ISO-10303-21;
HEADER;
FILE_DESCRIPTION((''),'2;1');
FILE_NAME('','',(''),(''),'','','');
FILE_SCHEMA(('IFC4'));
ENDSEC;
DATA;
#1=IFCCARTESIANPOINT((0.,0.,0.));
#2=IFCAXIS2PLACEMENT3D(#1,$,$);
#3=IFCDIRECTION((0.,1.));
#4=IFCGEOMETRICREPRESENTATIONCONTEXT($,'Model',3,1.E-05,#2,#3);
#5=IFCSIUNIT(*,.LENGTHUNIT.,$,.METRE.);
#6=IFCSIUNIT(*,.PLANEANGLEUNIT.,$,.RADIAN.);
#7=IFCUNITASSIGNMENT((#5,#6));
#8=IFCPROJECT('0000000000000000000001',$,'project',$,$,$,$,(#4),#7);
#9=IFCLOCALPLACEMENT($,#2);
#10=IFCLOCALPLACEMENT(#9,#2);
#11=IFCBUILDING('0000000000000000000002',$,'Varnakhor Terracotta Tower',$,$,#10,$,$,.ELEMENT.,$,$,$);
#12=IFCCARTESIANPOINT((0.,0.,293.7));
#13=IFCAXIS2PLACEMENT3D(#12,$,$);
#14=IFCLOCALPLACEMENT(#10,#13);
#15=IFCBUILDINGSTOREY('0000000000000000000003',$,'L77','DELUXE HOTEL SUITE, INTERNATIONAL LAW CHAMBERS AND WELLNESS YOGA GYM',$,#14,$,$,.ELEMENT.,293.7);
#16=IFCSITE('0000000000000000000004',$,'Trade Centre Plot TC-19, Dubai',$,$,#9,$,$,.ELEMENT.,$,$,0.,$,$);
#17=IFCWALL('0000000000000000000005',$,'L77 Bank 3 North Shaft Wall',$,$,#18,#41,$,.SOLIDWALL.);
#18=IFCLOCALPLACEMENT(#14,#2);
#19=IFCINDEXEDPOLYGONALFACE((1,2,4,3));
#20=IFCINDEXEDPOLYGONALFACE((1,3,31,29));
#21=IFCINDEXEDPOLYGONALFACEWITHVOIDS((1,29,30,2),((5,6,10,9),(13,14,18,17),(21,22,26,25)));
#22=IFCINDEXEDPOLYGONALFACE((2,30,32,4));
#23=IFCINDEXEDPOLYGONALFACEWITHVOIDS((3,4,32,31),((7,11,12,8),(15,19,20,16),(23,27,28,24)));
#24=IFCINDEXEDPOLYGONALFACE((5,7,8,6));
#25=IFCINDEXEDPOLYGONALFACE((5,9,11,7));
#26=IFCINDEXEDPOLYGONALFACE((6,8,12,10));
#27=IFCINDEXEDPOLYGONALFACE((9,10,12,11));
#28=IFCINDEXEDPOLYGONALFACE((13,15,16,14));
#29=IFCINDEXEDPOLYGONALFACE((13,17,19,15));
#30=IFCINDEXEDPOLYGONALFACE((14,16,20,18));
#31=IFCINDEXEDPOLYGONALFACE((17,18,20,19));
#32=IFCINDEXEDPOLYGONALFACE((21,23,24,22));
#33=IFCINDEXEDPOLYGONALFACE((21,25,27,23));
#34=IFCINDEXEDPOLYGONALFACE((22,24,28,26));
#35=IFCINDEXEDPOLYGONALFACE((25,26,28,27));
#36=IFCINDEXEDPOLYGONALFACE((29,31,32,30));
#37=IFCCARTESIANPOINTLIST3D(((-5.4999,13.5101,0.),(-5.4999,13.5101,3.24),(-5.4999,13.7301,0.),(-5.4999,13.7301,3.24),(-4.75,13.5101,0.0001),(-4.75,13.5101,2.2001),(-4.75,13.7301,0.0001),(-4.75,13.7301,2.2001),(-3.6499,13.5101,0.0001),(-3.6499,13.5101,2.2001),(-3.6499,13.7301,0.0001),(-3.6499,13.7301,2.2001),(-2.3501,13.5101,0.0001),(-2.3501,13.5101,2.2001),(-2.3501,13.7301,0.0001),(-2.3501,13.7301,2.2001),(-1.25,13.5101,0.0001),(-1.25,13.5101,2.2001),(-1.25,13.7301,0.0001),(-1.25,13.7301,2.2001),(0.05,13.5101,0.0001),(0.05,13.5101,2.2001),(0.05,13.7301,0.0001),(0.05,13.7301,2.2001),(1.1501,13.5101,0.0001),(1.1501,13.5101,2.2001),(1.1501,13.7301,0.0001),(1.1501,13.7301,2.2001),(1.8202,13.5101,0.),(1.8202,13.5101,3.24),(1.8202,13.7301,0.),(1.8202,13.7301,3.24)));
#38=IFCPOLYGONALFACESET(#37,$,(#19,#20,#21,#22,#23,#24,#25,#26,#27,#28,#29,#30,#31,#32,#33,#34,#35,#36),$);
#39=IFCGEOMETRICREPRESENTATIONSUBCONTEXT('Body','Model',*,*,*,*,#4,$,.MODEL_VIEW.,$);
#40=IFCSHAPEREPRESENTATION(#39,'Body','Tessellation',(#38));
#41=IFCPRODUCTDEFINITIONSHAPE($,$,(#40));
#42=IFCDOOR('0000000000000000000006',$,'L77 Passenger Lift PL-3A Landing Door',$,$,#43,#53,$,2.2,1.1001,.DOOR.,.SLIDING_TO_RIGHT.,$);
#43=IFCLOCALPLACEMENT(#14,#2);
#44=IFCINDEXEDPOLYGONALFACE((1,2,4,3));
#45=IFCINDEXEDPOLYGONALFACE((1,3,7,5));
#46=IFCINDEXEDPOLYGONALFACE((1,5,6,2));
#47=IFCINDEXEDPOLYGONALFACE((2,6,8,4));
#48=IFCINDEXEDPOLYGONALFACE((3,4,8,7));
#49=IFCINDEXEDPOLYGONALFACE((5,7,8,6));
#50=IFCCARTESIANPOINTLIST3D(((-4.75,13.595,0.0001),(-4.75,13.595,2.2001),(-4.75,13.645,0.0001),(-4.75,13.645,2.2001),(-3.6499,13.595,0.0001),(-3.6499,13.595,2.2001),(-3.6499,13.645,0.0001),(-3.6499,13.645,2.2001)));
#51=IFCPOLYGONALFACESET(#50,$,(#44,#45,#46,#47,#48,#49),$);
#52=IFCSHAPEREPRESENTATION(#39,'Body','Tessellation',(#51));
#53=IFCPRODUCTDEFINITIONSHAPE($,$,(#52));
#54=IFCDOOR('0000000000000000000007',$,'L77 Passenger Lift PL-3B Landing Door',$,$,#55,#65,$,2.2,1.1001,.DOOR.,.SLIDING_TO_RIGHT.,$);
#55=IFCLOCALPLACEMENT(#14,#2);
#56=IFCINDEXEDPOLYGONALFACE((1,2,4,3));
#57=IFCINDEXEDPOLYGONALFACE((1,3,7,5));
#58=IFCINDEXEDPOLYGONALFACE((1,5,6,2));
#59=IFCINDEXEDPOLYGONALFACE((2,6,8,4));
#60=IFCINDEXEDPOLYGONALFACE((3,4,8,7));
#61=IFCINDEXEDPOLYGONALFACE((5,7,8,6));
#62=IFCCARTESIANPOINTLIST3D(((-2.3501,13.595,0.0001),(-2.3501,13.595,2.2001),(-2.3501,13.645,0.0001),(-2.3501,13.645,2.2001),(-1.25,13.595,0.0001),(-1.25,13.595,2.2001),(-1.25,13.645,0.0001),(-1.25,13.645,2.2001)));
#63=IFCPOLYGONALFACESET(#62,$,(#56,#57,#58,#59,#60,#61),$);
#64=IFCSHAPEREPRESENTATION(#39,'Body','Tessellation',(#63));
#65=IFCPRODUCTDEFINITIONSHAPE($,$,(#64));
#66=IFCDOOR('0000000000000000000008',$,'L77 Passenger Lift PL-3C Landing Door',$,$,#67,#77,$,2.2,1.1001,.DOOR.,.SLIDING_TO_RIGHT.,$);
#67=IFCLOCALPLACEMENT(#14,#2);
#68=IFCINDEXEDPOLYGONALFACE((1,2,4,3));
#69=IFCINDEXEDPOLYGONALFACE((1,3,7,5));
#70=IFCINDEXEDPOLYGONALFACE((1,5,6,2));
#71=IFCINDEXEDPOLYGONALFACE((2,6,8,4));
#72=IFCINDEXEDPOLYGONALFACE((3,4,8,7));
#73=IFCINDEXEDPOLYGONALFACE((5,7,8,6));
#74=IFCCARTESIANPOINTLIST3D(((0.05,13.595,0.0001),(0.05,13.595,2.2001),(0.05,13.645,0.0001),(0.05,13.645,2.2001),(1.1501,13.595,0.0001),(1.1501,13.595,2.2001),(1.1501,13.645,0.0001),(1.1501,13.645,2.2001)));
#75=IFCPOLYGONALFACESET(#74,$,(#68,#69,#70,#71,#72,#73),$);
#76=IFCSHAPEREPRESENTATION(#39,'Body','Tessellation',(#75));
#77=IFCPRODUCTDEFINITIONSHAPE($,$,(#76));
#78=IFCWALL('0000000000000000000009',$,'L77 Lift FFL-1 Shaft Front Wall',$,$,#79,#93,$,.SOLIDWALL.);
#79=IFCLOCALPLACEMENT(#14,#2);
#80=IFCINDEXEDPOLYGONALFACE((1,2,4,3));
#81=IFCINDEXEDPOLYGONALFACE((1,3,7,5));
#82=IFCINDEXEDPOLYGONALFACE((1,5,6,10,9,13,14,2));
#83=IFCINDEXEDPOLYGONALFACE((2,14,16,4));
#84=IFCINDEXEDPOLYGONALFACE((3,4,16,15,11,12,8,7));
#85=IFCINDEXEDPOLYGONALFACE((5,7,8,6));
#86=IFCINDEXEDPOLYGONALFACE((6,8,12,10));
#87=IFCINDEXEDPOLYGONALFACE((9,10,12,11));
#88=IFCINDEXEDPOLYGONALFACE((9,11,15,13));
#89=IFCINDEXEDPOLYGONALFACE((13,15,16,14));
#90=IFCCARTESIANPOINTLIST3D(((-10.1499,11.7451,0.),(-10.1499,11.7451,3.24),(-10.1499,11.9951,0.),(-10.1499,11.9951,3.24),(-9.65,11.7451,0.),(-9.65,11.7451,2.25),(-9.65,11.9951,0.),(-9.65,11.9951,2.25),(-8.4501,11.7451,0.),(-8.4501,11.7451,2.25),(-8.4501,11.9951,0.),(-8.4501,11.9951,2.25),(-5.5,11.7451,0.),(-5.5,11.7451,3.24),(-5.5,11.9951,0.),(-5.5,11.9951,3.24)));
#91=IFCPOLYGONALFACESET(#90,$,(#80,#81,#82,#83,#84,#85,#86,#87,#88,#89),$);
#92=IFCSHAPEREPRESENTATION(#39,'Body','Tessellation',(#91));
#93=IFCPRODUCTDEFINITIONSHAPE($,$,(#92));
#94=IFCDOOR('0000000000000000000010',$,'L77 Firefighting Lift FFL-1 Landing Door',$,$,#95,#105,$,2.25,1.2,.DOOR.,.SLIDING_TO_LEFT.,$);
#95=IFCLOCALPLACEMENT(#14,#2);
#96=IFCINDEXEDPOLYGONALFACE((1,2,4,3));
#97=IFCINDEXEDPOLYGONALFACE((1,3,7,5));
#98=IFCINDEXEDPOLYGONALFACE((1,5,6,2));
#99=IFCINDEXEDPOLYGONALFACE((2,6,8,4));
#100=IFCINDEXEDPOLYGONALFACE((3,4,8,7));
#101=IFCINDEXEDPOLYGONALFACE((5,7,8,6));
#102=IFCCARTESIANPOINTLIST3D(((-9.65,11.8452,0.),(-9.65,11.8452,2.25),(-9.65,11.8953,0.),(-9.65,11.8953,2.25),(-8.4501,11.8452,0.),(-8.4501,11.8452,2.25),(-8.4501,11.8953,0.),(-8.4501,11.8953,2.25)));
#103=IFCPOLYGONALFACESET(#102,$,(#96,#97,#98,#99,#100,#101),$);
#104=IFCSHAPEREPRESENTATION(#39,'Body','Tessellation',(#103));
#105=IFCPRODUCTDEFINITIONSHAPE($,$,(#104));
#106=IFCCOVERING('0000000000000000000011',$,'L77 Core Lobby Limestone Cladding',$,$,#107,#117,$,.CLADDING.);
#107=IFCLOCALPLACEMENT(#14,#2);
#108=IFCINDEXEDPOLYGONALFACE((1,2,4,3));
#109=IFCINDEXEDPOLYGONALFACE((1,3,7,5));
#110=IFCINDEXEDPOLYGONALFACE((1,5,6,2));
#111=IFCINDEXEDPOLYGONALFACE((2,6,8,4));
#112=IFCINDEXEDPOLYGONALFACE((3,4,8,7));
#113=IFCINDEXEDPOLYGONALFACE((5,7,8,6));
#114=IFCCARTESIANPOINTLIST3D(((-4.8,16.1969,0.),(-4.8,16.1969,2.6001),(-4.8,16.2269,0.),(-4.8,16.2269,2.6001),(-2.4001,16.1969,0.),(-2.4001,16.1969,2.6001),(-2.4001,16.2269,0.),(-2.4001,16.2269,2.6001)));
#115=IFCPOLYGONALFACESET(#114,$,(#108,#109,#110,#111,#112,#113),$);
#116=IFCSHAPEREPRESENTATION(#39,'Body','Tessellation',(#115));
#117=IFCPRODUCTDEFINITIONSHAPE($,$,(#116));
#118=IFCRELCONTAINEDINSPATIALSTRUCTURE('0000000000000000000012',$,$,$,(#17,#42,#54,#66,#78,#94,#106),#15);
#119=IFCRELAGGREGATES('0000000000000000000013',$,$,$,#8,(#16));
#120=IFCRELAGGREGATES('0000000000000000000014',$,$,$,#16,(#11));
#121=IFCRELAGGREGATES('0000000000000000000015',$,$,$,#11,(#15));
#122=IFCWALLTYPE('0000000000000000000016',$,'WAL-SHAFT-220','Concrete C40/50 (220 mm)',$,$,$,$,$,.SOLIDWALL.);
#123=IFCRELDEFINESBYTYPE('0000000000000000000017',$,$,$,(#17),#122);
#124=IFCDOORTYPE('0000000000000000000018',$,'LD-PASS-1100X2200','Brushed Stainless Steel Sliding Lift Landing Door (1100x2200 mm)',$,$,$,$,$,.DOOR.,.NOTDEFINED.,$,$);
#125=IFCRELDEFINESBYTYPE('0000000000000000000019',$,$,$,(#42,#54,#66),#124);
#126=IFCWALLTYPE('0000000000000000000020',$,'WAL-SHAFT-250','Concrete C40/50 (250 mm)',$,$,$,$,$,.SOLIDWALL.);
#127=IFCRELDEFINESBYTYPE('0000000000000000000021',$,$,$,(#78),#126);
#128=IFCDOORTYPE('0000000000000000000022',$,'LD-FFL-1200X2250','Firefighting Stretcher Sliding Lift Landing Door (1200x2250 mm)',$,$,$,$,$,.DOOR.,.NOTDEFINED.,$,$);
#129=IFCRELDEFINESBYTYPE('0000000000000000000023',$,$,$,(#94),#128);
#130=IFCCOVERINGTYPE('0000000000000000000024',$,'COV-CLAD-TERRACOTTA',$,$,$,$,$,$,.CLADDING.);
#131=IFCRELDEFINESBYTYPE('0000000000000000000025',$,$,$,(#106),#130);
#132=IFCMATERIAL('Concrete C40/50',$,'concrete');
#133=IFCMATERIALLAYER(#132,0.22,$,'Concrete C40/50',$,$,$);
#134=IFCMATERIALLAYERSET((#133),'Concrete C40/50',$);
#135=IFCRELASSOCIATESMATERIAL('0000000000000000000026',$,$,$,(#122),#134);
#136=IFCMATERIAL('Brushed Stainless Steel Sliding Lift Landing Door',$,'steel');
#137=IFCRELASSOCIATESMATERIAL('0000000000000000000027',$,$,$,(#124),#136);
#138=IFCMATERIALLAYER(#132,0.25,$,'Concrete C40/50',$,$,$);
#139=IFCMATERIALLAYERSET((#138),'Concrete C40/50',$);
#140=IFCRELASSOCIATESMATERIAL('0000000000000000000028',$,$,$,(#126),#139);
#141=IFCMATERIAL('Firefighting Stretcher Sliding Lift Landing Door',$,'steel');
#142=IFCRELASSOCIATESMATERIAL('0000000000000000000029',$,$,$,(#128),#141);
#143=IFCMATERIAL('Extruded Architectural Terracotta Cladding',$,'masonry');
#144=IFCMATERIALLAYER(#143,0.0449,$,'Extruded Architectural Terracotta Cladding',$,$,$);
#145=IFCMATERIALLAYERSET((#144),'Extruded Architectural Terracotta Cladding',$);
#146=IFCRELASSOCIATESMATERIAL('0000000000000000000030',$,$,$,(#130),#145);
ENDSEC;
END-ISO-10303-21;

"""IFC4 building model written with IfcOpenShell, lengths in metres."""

from ifc_helpers import new_model, si_unit, direction, frame, frame_2d, origin, origin_2d, place, context, subcontext, project, spatial, rectangle, extrude, source, transform, mapped, material, layer, layer_set, type_object, type_shapes, element, fill, save


model = new_model("IFC4")

# Units and contexts
model_context = context("Model", 3, precision=1e-05, world=origin(), true_north=direction((0.0, 1.0)))
body_context = subcontext(model_context, "Body", "Model", "MODEL_VIEW")
ifc_project = project(units=[si_unit("LENGTHUNIT", "METRE"), si_unit("PLANEANGLEUNIT", "RADIAN")], contexts=[model_context])

# Site, building, storey
site_placement = place(None, origin())
site = spatial("IfcSite", under=ifc_project, at=site_placement, Name="Trade Centre Plot TC-19, Dubai", CompositionType="ELEMENT", RefElevation=0.0)
building_placement = place(site_placement, origin())
building = spatial("IfcBuilding", under=site, at=building_placement, Name="Varnakhor Terracotta Tower", CompositionType="ELEMENT")
storey_placement = place(building_placement, frame((0.0, 0.0, 293.7)))
storey = spatial("IfcBuildingStorey", under=building, at=storey_placement, Name="L77", Description="DELUXE HOTEL SUITE, INTERNATIONAL LAW CHAMBERS AND WELLNESS YOGA GYM", CompositionType="ELEMENT", Elevation=293.7)

# Shared definitions
ifc_material_1 = material(Name="Concrete C40/50", Category="concrete")
ifc_layer_1 = layer(ifc_material_1, 0.22, Name="Concrete C40/50")
ifc_layer_set_1 = layer_set([ifc_layer_1], Name="Concrete C40/50")
wall_type_1 = type_object("IfcWallType", Name="WAL-SHAFT-220", Description="Concrete C40/50 (220 mm)", PredefinedType="SOLIDWALL", material=ifc_layer_set_1)

# Wall, openings, doors
wall_1_placement = place(storey_placement, frame((-5.5, 13.6201, 0.0), z_axis=(0.0, 0.0, 1.0), x_axis=(1.0, 0.0, 0.0)))
wall_1 = element("IfcWall", 1, at=wall_1_placement, inside=storey, type_object=wall_type_1, Name="L77 Bank 3 North Shaft Wall", PredefinedType="SOLIDWALL", context=body_context, shape_type="SweptSolid", body=[
    extrude(rectangle(XDim=7.3201, YDim=0.22, at=frame_2d((3.6602, 0.0))), origin(), (0.0, 0.0, 1.0), 3.24),
])
opening_1_placement = place(wall_1_placement, frame((0.75, 0.0, 0.0)))
opening_1 = element("IfcOpeningElement", 2, at=opening_1_placement, cuts=wall_1, PredefinedType="OPENING", context=body_context, shape_type="SweptSolid", body=[
    extrude(rectangle(XDim=1.1001, YDim=2.2, at=frame_2d((0.55, 1.1001))), frame((0.0, 0.1201, 0.0), z_axis=(0.0, -1.0, 0.0), x_axis=(1.0, 0.0, 0.0)), (0.0, 0.0, 1.0), 0.24),
])
opening_2_placement = place(wall_1_placement, frame((3.1499, 0.0, 0.0)))
opening_2 = element("IfcOpeningElement", 3, at=opening_2_placement, cuts=wall_1, PredefinedType="OPENING", context=body_context, shape_type="SweptSolid", body=[
    extrude(rectangle(XDim=1.1001, YDim=2.2, at=frame_2d((0.55, 1.1001))), frame((0.0, 0.1201, 0.0), z_axis=(0.0, -1.0, 0.0), x_axis=(1.0, 0.0, 0.0)), (0.0, 0.0, 1.0), 0.24),
])
opening_3_placement = place(wall_1_placement, frame((5.55, 0.0, 0.0)))
opening_3 = element("IfcOpeningElement", 4, at=opening_3_placement, cuts=wall_1, PredefinedType="OPENING", context=body_context, shape_type="SweptSolid", body=[
    extrude(rectangle(XDim=1.1001, YDim=2.2, at=frame_2d((0.55, 1.1001))), frame((0.0, 0.1201, 0.0), z_axis=(0.0, -1.0, 0.0), x_axis=(1.0, 0.0, 0.0)), (0.0, 0.0, 1.0), 0.24),
])
ifc_material_2 = material(Name="Brushed Stainless Steel Sliding Lift Landing Door", Category="steel")
door_type_1 = type_object("IfcDoorType", Name="LD-PASS-1100X2200", Description="Brushed Stainless Steel Sliding Lift Landing Door (1100x2200 mm)", OperationType="NOTDEFINED", PredefinedType="DOOR", material=ifc_material_2)
shared_shape_1 = source(origin(), body_context, "Body", "SweptSolid", [
    extrude(rectangle(XDim=1.1001, YDim=2.2, at=frame_2d((0.55, 1.1001))), frame((0.0, 0.0249, 0.0), z_axis=(0.0, -1.0, 0.0), x_axis=(1.0, 0.0, 0.0)), (0.0, 0.0, 1.0), 0.05),
])
type_shapes(door_type_1, [shared_shape_1])
door_1_placement = place(opening_1_placement, origin())
door_1 = element("IfcDoor", 5, at=door_1_placement, inside=storey, type_object=door_type_1, Name="L77 Passenger Lift PL-3A Landing Door", OperationType="SLIDING_TO_RIGHT", OverallHeight=2.2, OverallWidth=1.1001, PredefinedType="DOOR", context=body_context, shape_type="MappedRepresentation", body=[
    mapped(shared_shape_1, transform((0.0, 0.0, 0.0), scale=1.0)),
])
fill(opening_1, door_1)
door_2_placement = place(opening_2_placement, origin())
door_2 = element("IfcDoor", 6, at=door_2_placement, inside=storey, type_object=door_type_1, Name="L77 Passenger Lift PL-3B Landing Door", OperationType="SLIDING_TO_RIGHT", OverallHeight=2.2, OverallWidth=1.1001, PredefinedType="DOOR", context=body_context, shape_type="MappedRepresentation", body=[
    mapped(shared_shape_1, transform((0.0, 0.0, 0.0), scale=1.0)),
])
fill(opening_2, door_2)
door_3_placement = place(opening_3_placement, origin())
door_3 = element("IfcDoor", 7, at=door_3_placement, inside=storey, type_object=door_type_1, Name="L77 Passenger Lift PL-3C Landing Door", OperationType="SLIDING_TO_RIGHT", OverallHeight=2.2, OverallWidth=1.1001, PredefinedType="DOOR", context=body_context, shape_type="MappedRepresentation", body=[
    mapped(shared_shape_1, transform((0.0, 0.0, 0.0), scale=1.0)),
])
fill(opening_3, door_3)

# Wall, opening, door
ifc_layer_2 = layer(ifc_material_1, 0.25, Name="Concrete C40/50")
ifc_layer_set_2 = layer_set([ifc_layer_2], Name="Concrete C40/50")
wall_type_2 = type_object("IfcWallType", Name="WAL-SHAFT-250", Description="Concrete C40/50 (250 mm)", PredefinedType="SOLIDWALL", material=ifc_layer_set_2)
wall_2_placement = place(storey_placement, frame((-5.5, 11.8701, 0.0), z_axis=(0.0, 0.0, 1.0), x_axis=(-1.0, 0.0, 0.0)))
wall_2 = element("IfcWall", 8, at=wall_2_placement, inside=storey, type_object=wall_type_2, Name="L77 Lift FFL-1 Shaft Front Wall", PredefinedType="SOLIDWALL", context=body_context, shape_type="SweptSolid", body=[
    extrude(rectangle(XDim=4.6499, YDim=0.25, at=frame_2d((2.325, 0.0))), origin(), (0.0, 0.0, 1.0), 3.24),
])
opening_4_placement = place(wall_2_placement, frame((2.95, 0.0, 0.0)))
opening_4 = element("IfcOpeningElement", 9, at=opening_4_placement, cuts=wall_2, PredefinedType="OPENING", context=body_context, shape_type="SweptSolid", body=[
    extrude(rectangle(XDim=1.2, YDim=2.25, at=frame_2d((0.6001, 1.125))), frame((0.0, 0.135, 0.0), z_axis=(0.0, -1.0, 0.0), x_axis=(1.0, 0.0, 0.0)), (0.0, 0.0, 1.0), 0.27),
])
ifc_material_3 = material(Name="Firefighting Stretcher Sliding Lift Landing Door", Category="steel")
door_type_2 = type_object("IfcDoorType", Name="LD-FFL-1200X2250", Description="Firefighting Stretcher Sliding Lift Landing Door (1200x2250 mm)", OperationType="NOTDEFINED", PredefinedType="DOOR", material=ifc_material_3)
shared_shape_2 = source(origin(), body_context, "Body", "SweptSolid", [
    extrude(rectangle(XDim=1.2, YDim=2.25, at=frame_2d((0.6001, 1.125))), frame((0.0, 0.0249, 0.0), z_axis=(0.0, -1.0, 0.0), x_axis=(1.0, 0.0, 0.0)), (0.0, 0.0, 1.0), 0.05),
])
type_shapes(door_type_2, [shared_shape_2])
door_4_placement = place(opening_4_placement, origin())
door_4 = element("IfcDoor", 10, at=door_4_placement, inside=storey, type_object=door_type_2, Name="L77 Firefighting Lift FFL-1 Landing Door", OperationType="SLIDING_TO_LEFT", OverallHeight=2.25, OverallWidth=1.2, PredefinedType="DOOR", context=body_context, shape_type="MappedRepresentation", body=[
    mapped(shared_shape_2, transform((0.0, 0.0, 0.0), scale=1.0)),
])
fill(opening_4, door_4)

# Covering
ifc_material_4 = material(Name="Extruded Architectural Terracotta Cladding", Category="masonry")
ifc_layer_3 = layer(ifc_material_4, 0.0449, Name="Extruded Architectural Terracotta Cladding")
ifc_layer_set_3 = layer_set([ifc_layer_3], Name="Extruded Architectural Terracotta Cladding")
covering_type = type_object("IfcCoveringType", Name="COV-CLAD-TERRACOTTA", PredefinedType="CLADDING", material=ifc_layer_set_3)
shared_shape_3 = source(origin(), body_context, "Body", "SweptSolid", [
    extrude(rectangle(XDim=2.3999, YDim=0.03, at=origin_2d()), origin(), (0.0, 0.0, 1.0), 2.6001),
])
type_shapes(covering_type, [shared_shape_3])
covering_placement = place(storey_placement, frame((-3.6001, 16.2119, 0.0), z_axis=(0.0, 0.0, 1.0), x_axis=(1.0, 0.0, 0.0)))
element("IfcCovering", 11, at=covering_placement, inside=storey, type_object=covering_type, Name="L77 Core Lobby Limestone Cladding", PredefinedType="CLADDING", context=body_context, shape_type="MappedRepresentation", body=[
    mapped(shared_shape_3, transform((0.0, 0.0, 0.0), scale=1.0)),
])

save(model, "model.ifc")
